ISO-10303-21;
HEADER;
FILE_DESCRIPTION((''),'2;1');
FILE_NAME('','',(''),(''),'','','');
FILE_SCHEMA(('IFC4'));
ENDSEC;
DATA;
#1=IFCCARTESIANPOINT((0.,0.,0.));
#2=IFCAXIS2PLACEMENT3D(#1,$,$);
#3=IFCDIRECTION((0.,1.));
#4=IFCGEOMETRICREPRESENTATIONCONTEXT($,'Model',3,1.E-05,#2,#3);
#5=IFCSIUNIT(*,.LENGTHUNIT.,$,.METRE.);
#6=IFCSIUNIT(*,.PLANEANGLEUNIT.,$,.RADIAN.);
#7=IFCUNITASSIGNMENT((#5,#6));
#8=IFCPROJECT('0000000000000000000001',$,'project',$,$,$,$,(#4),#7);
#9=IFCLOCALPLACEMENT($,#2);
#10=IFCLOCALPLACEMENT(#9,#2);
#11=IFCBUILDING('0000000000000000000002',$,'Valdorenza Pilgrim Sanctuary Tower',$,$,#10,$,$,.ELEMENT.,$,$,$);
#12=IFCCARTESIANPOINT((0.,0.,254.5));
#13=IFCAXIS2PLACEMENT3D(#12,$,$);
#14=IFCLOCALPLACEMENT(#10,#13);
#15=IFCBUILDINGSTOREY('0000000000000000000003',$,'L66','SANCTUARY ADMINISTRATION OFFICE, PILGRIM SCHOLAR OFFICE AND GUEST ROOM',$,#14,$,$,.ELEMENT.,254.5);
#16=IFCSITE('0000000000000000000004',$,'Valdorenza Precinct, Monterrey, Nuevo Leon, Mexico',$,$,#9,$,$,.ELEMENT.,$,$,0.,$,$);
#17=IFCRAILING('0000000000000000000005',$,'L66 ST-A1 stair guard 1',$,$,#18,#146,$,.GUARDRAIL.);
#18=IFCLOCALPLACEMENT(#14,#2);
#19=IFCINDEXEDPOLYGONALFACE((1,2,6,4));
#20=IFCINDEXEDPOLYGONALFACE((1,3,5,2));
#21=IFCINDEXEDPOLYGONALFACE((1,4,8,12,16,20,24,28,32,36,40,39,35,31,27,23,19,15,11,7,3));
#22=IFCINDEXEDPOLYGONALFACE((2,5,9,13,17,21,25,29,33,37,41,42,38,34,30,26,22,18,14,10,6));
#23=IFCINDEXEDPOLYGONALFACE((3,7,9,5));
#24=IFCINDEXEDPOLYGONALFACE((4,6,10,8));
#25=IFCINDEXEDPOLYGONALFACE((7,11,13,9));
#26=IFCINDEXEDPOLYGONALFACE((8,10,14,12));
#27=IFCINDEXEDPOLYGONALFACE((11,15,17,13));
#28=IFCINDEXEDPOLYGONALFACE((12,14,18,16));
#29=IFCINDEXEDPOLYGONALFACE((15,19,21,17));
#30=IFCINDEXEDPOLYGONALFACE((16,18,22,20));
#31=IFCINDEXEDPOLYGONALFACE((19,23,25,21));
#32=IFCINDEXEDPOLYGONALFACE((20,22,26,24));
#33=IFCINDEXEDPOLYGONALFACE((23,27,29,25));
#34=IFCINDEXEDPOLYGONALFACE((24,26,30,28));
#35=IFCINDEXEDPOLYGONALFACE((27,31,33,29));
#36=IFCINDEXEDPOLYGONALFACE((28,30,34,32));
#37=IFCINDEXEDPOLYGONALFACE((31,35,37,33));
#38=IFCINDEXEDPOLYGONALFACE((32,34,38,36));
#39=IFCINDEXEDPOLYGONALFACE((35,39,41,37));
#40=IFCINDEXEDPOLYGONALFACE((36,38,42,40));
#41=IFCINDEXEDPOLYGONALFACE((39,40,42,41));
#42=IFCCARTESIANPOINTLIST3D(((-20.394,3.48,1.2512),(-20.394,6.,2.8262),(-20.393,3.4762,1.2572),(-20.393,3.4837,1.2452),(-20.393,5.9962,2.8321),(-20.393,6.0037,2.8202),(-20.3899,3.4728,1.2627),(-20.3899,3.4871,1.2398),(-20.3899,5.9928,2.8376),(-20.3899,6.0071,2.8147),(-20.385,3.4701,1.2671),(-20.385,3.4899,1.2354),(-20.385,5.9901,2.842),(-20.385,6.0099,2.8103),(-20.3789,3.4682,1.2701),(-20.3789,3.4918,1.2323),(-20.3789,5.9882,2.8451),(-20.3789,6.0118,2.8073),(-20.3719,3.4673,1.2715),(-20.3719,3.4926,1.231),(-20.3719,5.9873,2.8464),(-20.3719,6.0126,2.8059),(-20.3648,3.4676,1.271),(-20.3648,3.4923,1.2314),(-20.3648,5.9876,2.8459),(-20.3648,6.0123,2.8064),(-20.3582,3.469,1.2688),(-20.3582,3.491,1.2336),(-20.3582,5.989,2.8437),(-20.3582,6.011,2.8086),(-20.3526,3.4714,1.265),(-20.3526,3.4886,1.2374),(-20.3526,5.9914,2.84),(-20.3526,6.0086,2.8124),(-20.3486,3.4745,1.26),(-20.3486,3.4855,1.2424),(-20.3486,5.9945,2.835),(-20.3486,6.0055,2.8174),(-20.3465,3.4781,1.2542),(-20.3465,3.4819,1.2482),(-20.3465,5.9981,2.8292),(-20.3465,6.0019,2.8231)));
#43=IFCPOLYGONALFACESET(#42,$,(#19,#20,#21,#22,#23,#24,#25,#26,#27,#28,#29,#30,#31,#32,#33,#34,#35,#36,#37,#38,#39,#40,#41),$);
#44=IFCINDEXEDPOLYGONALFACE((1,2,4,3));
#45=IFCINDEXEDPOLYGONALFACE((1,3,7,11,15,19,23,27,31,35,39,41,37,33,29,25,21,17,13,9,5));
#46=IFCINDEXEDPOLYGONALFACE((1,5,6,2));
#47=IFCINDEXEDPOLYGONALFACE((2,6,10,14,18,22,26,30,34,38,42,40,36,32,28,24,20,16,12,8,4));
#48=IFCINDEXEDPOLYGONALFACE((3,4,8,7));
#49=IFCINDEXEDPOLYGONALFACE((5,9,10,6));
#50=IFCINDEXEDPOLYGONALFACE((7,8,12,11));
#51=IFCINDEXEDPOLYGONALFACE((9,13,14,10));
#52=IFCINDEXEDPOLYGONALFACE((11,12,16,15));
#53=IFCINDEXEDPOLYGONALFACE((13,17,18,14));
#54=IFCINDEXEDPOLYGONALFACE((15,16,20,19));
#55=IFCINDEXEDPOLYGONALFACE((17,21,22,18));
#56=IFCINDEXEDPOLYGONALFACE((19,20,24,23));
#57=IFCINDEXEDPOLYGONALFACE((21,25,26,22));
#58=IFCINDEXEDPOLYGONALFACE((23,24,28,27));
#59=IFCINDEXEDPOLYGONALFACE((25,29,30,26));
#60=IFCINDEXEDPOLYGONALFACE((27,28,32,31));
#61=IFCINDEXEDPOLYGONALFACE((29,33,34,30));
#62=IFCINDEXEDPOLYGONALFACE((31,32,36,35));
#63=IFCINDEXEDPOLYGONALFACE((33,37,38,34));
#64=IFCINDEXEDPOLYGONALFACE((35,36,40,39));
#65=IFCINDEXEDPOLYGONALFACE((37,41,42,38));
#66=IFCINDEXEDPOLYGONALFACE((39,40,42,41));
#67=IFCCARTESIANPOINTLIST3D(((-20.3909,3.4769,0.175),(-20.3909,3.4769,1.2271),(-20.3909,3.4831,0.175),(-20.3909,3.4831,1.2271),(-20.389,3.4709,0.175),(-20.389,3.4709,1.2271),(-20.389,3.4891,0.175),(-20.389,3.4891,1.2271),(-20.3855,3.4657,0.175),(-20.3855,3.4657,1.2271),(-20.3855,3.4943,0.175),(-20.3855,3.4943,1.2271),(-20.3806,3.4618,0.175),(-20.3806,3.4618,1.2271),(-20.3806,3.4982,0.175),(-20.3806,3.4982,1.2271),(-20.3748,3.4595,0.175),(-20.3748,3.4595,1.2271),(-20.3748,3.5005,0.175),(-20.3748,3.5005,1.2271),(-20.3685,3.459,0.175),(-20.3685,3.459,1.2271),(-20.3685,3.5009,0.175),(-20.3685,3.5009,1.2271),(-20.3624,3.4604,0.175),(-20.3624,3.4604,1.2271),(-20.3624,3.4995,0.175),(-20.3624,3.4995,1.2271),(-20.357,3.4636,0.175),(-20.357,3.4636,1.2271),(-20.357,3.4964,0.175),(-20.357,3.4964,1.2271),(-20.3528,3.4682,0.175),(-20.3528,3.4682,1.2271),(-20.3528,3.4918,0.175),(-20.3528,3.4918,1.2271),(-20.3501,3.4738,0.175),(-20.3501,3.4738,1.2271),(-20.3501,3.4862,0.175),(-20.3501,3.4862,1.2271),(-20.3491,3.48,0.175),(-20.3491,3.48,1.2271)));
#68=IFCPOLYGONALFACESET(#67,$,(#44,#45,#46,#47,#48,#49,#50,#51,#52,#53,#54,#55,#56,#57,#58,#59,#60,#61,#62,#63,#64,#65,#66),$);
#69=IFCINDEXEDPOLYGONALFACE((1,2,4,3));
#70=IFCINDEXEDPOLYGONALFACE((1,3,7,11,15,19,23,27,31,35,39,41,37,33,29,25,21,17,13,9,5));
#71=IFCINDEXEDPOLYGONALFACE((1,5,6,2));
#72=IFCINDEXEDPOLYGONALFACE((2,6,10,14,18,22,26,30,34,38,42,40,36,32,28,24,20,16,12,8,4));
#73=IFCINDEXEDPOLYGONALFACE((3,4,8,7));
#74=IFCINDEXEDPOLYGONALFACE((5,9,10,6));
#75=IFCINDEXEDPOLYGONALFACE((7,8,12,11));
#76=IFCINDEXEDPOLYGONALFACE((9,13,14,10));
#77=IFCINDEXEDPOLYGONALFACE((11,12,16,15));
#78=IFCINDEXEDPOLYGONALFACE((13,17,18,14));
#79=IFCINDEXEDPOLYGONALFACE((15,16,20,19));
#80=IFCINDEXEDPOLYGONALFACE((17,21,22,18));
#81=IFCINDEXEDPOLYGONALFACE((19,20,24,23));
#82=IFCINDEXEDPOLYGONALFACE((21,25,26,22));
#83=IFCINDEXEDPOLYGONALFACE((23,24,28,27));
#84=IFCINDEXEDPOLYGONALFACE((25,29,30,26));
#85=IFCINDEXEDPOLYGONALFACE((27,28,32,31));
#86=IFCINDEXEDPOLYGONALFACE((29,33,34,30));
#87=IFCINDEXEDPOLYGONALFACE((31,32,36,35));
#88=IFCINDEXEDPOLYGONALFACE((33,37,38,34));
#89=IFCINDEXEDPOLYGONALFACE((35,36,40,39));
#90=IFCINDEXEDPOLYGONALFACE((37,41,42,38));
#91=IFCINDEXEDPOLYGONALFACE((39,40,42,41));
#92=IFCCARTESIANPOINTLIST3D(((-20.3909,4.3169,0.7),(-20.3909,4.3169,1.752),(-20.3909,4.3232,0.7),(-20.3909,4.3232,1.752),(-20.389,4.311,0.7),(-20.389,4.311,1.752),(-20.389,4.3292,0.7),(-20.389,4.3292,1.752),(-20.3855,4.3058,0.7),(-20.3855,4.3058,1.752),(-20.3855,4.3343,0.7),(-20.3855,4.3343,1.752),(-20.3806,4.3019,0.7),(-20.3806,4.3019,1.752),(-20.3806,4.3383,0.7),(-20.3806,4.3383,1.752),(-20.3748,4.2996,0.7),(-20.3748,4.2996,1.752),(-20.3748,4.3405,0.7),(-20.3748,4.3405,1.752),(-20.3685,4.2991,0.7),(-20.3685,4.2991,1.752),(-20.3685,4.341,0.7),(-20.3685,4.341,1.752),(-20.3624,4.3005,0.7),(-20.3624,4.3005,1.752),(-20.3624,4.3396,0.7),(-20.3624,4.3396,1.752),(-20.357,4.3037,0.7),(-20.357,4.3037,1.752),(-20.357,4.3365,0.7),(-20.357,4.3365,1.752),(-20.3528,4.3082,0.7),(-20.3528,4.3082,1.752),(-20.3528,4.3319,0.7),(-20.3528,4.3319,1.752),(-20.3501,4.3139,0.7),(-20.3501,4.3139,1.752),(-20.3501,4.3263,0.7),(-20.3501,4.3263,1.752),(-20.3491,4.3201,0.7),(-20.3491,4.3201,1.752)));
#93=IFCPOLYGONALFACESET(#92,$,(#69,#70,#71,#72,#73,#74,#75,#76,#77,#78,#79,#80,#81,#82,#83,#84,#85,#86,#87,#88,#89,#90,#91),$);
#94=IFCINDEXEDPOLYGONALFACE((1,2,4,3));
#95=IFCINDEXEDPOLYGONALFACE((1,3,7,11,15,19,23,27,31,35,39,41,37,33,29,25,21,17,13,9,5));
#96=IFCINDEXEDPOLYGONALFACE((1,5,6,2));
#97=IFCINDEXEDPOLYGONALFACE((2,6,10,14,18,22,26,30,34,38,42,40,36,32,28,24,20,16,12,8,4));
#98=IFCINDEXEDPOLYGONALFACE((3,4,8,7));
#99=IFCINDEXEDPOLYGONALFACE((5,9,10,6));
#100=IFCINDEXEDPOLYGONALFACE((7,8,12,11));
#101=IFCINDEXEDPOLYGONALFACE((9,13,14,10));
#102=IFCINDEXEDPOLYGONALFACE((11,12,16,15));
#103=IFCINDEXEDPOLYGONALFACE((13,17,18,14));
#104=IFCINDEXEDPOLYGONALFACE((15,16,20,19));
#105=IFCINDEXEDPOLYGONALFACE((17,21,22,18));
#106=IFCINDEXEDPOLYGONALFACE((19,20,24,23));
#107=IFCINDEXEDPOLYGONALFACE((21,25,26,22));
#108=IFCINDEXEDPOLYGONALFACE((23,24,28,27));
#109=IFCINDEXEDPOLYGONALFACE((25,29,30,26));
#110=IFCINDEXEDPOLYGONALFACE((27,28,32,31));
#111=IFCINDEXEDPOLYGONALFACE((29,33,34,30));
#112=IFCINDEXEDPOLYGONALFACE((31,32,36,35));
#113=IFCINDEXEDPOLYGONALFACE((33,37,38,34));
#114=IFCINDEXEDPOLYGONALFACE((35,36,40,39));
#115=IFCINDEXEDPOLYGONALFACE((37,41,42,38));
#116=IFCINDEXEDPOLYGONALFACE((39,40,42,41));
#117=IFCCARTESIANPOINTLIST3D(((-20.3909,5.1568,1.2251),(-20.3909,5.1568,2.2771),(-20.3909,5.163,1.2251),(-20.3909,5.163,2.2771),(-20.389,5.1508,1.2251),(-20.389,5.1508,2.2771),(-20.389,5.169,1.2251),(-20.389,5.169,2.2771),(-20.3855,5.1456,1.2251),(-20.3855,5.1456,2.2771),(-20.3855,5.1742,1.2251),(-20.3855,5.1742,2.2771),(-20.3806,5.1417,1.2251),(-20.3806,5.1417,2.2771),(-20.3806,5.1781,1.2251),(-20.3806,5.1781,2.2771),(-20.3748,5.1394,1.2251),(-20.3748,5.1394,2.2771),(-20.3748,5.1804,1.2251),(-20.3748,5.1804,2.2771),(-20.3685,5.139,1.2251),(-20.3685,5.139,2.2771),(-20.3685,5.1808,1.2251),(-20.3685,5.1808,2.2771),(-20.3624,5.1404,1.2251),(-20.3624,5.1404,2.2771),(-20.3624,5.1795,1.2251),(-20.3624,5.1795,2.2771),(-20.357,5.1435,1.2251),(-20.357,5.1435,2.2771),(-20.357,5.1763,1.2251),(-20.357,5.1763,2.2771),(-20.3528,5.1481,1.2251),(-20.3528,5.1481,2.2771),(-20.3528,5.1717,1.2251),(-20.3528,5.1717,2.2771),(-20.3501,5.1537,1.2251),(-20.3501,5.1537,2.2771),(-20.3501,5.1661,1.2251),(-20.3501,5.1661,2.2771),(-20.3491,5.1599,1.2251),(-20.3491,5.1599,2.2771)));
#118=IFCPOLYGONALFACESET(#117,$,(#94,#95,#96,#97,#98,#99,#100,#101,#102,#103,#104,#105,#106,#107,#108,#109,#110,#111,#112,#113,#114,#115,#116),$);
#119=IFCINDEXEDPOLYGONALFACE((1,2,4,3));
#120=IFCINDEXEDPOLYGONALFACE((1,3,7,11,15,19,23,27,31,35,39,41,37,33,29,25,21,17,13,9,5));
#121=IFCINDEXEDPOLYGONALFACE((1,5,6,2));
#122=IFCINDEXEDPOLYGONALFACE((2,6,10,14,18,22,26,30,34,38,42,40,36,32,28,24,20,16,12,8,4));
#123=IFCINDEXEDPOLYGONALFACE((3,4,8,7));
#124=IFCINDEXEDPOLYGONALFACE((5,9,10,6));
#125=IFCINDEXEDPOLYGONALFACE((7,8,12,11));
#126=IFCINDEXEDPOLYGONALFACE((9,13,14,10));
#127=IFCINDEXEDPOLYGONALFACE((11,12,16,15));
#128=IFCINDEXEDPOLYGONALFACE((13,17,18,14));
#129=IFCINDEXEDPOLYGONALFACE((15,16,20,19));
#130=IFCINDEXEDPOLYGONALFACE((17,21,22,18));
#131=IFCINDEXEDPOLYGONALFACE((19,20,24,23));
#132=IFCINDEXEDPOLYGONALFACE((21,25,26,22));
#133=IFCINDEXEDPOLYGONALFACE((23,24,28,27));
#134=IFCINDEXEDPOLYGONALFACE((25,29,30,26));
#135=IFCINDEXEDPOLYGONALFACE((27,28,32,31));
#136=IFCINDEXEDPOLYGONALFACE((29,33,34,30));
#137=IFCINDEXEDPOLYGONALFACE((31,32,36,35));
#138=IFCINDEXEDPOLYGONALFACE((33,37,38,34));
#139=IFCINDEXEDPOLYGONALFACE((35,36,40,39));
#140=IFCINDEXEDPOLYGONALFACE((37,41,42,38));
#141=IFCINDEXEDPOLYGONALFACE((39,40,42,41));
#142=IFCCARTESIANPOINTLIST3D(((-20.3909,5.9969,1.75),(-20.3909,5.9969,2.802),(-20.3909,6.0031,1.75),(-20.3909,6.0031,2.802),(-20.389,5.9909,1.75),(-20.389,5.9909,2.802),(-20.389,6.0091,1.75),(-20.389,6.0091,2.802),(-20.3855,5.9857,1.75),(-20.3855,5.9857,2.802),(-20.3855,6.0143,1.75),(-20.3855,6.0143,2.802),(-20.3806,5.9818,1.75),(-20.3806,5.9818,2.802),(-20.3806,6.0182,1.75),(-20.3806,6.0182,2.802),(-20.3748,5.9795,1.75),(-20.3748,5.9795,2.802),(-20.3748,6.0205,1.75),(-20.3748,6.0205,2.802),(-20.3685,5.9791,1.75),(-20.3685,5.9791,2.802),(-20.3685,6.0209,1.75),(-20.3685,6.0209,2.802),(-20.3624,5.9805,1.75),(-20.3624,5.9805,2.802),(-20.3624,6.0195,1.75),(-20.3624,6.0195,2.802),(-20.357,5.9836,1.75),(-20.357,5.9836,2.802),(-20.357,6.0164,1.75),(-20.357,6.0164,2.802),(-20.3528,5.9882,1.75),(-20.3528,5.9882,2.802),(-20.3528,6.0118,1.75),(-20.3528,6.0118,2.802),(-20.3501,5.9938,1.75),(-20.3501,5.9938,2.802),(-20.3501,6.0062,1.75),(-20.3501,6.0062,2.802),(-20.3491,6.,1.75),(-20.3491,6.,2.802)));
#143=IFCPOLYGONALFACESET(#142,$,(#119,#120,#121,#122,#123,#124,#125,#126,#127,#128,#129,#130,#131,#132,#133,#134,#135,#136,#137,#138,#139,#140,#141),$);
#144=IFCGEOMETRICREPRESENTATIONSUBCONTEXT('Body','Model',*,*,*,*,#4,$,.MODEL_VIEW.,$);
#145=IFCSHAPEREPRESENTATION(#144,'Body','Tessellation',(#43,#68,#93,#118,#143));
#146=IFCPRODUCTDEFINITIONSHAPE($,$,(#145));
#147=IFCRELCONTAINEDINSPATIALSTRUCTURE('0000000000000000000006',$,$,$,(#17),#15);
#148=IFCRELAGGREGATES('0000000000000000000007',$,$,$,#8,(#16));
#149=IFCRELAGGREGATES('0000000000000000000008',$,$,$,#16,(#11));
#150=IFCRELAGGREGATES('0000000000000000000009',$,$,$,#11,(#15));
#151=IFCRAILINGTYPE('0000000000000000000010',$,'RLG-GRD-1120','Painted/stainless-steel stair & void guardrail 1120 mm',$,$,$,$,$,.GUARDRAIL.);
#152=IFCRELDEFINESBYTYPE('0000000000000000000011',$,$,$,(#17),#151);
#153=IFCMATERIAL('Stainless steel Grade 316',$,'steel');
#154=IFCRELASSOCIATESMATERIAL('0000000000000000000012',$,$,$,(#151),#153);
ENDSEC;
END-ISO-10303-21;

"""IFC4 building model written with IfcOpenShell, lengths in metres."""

from ifc_helpers import new_model, si_unit, direction, frame, origin, origin_2d, place, context, subcontext, project, spatial, circle, extrude, material, type_object, element, save


model = new_model("IFC4")

# Units and contexts
model_context = context("Model", 3, precision=1e-05, world=origin(), true_north=direction((0.0, 1.0)))
body_context = subcontext(model_context, "Body", "Model", "MODEL_VIEW")
ifc_project = project(units=[si_unit("LENGTHUNIT", "METRE"), si_unit("PLANEANGLEUNIT", "RADIAN")], contexts=[model_context])

# Site, building, storey
site_placement = place(None, origin())
site = spatial("IfcSite", under=ifc_project, at=site_placement, Name="Valdorenza Precinct, Monterrey, Nuevo Leon, Mexico", CompositionType="ELEMENT", RefElevation=0.0)
building_placement = place(site_placement, origin())
building = spatial("IfcBuilding", under=site, at=building_placement, Name="Valdorenza Pilgrim Sanctuary Tower", CompositionType="ELEMENT")
storey_placement = place(building_placement, frame((0.0, 0.0, 254.5)))
storey = spatial("IfcBuildingStorey", under=building, at=storey_placement, Name="L66", Description="SANCTUARY ADMINISTRATION OFFICE, PILGRIM SCHOLAR OFFICE AND GUEST ROOM", CompositionType="ELEMENT", Elevation=254.5)

# Railing
ifc_material_1 = material(Name="Stainless steel Grade 316", Category="steel")
railing_type_1 = type_object("IfcRailingType", Name="RLG-GRD-1120", Description="Painted/stainless-steel stair & void guardrail 1120 mm", PredefinedType="GUARDRAIL", material=ifc_material_1)
railing_1_placement = place(storey_placement, frame((-20.3701, 3.48, 0.175)))
element("IfcRailing", 1, at=railing_1_placement, inside=storey, type_object=railing_type_1, Name="L66 ST-A1 stair guard 1", PredefinedType="GUARDRAIL", context=body_context, shape_type="SweptSolid", body=[
    extrude(circle(Radius=0.0239, at=origin_2d()), frame((0.0, 0.0, 1.0762), z_axis=(0.0, 0.848008, 0.529984), x_axis=(-1.0, 0.0, 0.0)), (0.0, 0.0, 1.0), 2.9717),
    extrude(circle(Radius=0.021, at=origin_2d()), origin(), (0.0, 0.0, 1.0), 1.052),
    extrude(circle(Radius=0.021, at=origin_2d()), frame((0.0, 0.8401, 0.5249)), (0.0, 0.0, 1.0), 1.052),
    extrude(circle(Radius=0.021, at=origin_2d()), frame((0.0, 1.6799, 1.05)), (0.0, 0.0, 1.0), 1.052),
    extrude(circle(Radius=0.021, at=origin_2d()), frame((0.0, 2.52, 1.575)), (0.0, 0.0, 1.0), 1.052),
])

save(model, "model.ifc")
